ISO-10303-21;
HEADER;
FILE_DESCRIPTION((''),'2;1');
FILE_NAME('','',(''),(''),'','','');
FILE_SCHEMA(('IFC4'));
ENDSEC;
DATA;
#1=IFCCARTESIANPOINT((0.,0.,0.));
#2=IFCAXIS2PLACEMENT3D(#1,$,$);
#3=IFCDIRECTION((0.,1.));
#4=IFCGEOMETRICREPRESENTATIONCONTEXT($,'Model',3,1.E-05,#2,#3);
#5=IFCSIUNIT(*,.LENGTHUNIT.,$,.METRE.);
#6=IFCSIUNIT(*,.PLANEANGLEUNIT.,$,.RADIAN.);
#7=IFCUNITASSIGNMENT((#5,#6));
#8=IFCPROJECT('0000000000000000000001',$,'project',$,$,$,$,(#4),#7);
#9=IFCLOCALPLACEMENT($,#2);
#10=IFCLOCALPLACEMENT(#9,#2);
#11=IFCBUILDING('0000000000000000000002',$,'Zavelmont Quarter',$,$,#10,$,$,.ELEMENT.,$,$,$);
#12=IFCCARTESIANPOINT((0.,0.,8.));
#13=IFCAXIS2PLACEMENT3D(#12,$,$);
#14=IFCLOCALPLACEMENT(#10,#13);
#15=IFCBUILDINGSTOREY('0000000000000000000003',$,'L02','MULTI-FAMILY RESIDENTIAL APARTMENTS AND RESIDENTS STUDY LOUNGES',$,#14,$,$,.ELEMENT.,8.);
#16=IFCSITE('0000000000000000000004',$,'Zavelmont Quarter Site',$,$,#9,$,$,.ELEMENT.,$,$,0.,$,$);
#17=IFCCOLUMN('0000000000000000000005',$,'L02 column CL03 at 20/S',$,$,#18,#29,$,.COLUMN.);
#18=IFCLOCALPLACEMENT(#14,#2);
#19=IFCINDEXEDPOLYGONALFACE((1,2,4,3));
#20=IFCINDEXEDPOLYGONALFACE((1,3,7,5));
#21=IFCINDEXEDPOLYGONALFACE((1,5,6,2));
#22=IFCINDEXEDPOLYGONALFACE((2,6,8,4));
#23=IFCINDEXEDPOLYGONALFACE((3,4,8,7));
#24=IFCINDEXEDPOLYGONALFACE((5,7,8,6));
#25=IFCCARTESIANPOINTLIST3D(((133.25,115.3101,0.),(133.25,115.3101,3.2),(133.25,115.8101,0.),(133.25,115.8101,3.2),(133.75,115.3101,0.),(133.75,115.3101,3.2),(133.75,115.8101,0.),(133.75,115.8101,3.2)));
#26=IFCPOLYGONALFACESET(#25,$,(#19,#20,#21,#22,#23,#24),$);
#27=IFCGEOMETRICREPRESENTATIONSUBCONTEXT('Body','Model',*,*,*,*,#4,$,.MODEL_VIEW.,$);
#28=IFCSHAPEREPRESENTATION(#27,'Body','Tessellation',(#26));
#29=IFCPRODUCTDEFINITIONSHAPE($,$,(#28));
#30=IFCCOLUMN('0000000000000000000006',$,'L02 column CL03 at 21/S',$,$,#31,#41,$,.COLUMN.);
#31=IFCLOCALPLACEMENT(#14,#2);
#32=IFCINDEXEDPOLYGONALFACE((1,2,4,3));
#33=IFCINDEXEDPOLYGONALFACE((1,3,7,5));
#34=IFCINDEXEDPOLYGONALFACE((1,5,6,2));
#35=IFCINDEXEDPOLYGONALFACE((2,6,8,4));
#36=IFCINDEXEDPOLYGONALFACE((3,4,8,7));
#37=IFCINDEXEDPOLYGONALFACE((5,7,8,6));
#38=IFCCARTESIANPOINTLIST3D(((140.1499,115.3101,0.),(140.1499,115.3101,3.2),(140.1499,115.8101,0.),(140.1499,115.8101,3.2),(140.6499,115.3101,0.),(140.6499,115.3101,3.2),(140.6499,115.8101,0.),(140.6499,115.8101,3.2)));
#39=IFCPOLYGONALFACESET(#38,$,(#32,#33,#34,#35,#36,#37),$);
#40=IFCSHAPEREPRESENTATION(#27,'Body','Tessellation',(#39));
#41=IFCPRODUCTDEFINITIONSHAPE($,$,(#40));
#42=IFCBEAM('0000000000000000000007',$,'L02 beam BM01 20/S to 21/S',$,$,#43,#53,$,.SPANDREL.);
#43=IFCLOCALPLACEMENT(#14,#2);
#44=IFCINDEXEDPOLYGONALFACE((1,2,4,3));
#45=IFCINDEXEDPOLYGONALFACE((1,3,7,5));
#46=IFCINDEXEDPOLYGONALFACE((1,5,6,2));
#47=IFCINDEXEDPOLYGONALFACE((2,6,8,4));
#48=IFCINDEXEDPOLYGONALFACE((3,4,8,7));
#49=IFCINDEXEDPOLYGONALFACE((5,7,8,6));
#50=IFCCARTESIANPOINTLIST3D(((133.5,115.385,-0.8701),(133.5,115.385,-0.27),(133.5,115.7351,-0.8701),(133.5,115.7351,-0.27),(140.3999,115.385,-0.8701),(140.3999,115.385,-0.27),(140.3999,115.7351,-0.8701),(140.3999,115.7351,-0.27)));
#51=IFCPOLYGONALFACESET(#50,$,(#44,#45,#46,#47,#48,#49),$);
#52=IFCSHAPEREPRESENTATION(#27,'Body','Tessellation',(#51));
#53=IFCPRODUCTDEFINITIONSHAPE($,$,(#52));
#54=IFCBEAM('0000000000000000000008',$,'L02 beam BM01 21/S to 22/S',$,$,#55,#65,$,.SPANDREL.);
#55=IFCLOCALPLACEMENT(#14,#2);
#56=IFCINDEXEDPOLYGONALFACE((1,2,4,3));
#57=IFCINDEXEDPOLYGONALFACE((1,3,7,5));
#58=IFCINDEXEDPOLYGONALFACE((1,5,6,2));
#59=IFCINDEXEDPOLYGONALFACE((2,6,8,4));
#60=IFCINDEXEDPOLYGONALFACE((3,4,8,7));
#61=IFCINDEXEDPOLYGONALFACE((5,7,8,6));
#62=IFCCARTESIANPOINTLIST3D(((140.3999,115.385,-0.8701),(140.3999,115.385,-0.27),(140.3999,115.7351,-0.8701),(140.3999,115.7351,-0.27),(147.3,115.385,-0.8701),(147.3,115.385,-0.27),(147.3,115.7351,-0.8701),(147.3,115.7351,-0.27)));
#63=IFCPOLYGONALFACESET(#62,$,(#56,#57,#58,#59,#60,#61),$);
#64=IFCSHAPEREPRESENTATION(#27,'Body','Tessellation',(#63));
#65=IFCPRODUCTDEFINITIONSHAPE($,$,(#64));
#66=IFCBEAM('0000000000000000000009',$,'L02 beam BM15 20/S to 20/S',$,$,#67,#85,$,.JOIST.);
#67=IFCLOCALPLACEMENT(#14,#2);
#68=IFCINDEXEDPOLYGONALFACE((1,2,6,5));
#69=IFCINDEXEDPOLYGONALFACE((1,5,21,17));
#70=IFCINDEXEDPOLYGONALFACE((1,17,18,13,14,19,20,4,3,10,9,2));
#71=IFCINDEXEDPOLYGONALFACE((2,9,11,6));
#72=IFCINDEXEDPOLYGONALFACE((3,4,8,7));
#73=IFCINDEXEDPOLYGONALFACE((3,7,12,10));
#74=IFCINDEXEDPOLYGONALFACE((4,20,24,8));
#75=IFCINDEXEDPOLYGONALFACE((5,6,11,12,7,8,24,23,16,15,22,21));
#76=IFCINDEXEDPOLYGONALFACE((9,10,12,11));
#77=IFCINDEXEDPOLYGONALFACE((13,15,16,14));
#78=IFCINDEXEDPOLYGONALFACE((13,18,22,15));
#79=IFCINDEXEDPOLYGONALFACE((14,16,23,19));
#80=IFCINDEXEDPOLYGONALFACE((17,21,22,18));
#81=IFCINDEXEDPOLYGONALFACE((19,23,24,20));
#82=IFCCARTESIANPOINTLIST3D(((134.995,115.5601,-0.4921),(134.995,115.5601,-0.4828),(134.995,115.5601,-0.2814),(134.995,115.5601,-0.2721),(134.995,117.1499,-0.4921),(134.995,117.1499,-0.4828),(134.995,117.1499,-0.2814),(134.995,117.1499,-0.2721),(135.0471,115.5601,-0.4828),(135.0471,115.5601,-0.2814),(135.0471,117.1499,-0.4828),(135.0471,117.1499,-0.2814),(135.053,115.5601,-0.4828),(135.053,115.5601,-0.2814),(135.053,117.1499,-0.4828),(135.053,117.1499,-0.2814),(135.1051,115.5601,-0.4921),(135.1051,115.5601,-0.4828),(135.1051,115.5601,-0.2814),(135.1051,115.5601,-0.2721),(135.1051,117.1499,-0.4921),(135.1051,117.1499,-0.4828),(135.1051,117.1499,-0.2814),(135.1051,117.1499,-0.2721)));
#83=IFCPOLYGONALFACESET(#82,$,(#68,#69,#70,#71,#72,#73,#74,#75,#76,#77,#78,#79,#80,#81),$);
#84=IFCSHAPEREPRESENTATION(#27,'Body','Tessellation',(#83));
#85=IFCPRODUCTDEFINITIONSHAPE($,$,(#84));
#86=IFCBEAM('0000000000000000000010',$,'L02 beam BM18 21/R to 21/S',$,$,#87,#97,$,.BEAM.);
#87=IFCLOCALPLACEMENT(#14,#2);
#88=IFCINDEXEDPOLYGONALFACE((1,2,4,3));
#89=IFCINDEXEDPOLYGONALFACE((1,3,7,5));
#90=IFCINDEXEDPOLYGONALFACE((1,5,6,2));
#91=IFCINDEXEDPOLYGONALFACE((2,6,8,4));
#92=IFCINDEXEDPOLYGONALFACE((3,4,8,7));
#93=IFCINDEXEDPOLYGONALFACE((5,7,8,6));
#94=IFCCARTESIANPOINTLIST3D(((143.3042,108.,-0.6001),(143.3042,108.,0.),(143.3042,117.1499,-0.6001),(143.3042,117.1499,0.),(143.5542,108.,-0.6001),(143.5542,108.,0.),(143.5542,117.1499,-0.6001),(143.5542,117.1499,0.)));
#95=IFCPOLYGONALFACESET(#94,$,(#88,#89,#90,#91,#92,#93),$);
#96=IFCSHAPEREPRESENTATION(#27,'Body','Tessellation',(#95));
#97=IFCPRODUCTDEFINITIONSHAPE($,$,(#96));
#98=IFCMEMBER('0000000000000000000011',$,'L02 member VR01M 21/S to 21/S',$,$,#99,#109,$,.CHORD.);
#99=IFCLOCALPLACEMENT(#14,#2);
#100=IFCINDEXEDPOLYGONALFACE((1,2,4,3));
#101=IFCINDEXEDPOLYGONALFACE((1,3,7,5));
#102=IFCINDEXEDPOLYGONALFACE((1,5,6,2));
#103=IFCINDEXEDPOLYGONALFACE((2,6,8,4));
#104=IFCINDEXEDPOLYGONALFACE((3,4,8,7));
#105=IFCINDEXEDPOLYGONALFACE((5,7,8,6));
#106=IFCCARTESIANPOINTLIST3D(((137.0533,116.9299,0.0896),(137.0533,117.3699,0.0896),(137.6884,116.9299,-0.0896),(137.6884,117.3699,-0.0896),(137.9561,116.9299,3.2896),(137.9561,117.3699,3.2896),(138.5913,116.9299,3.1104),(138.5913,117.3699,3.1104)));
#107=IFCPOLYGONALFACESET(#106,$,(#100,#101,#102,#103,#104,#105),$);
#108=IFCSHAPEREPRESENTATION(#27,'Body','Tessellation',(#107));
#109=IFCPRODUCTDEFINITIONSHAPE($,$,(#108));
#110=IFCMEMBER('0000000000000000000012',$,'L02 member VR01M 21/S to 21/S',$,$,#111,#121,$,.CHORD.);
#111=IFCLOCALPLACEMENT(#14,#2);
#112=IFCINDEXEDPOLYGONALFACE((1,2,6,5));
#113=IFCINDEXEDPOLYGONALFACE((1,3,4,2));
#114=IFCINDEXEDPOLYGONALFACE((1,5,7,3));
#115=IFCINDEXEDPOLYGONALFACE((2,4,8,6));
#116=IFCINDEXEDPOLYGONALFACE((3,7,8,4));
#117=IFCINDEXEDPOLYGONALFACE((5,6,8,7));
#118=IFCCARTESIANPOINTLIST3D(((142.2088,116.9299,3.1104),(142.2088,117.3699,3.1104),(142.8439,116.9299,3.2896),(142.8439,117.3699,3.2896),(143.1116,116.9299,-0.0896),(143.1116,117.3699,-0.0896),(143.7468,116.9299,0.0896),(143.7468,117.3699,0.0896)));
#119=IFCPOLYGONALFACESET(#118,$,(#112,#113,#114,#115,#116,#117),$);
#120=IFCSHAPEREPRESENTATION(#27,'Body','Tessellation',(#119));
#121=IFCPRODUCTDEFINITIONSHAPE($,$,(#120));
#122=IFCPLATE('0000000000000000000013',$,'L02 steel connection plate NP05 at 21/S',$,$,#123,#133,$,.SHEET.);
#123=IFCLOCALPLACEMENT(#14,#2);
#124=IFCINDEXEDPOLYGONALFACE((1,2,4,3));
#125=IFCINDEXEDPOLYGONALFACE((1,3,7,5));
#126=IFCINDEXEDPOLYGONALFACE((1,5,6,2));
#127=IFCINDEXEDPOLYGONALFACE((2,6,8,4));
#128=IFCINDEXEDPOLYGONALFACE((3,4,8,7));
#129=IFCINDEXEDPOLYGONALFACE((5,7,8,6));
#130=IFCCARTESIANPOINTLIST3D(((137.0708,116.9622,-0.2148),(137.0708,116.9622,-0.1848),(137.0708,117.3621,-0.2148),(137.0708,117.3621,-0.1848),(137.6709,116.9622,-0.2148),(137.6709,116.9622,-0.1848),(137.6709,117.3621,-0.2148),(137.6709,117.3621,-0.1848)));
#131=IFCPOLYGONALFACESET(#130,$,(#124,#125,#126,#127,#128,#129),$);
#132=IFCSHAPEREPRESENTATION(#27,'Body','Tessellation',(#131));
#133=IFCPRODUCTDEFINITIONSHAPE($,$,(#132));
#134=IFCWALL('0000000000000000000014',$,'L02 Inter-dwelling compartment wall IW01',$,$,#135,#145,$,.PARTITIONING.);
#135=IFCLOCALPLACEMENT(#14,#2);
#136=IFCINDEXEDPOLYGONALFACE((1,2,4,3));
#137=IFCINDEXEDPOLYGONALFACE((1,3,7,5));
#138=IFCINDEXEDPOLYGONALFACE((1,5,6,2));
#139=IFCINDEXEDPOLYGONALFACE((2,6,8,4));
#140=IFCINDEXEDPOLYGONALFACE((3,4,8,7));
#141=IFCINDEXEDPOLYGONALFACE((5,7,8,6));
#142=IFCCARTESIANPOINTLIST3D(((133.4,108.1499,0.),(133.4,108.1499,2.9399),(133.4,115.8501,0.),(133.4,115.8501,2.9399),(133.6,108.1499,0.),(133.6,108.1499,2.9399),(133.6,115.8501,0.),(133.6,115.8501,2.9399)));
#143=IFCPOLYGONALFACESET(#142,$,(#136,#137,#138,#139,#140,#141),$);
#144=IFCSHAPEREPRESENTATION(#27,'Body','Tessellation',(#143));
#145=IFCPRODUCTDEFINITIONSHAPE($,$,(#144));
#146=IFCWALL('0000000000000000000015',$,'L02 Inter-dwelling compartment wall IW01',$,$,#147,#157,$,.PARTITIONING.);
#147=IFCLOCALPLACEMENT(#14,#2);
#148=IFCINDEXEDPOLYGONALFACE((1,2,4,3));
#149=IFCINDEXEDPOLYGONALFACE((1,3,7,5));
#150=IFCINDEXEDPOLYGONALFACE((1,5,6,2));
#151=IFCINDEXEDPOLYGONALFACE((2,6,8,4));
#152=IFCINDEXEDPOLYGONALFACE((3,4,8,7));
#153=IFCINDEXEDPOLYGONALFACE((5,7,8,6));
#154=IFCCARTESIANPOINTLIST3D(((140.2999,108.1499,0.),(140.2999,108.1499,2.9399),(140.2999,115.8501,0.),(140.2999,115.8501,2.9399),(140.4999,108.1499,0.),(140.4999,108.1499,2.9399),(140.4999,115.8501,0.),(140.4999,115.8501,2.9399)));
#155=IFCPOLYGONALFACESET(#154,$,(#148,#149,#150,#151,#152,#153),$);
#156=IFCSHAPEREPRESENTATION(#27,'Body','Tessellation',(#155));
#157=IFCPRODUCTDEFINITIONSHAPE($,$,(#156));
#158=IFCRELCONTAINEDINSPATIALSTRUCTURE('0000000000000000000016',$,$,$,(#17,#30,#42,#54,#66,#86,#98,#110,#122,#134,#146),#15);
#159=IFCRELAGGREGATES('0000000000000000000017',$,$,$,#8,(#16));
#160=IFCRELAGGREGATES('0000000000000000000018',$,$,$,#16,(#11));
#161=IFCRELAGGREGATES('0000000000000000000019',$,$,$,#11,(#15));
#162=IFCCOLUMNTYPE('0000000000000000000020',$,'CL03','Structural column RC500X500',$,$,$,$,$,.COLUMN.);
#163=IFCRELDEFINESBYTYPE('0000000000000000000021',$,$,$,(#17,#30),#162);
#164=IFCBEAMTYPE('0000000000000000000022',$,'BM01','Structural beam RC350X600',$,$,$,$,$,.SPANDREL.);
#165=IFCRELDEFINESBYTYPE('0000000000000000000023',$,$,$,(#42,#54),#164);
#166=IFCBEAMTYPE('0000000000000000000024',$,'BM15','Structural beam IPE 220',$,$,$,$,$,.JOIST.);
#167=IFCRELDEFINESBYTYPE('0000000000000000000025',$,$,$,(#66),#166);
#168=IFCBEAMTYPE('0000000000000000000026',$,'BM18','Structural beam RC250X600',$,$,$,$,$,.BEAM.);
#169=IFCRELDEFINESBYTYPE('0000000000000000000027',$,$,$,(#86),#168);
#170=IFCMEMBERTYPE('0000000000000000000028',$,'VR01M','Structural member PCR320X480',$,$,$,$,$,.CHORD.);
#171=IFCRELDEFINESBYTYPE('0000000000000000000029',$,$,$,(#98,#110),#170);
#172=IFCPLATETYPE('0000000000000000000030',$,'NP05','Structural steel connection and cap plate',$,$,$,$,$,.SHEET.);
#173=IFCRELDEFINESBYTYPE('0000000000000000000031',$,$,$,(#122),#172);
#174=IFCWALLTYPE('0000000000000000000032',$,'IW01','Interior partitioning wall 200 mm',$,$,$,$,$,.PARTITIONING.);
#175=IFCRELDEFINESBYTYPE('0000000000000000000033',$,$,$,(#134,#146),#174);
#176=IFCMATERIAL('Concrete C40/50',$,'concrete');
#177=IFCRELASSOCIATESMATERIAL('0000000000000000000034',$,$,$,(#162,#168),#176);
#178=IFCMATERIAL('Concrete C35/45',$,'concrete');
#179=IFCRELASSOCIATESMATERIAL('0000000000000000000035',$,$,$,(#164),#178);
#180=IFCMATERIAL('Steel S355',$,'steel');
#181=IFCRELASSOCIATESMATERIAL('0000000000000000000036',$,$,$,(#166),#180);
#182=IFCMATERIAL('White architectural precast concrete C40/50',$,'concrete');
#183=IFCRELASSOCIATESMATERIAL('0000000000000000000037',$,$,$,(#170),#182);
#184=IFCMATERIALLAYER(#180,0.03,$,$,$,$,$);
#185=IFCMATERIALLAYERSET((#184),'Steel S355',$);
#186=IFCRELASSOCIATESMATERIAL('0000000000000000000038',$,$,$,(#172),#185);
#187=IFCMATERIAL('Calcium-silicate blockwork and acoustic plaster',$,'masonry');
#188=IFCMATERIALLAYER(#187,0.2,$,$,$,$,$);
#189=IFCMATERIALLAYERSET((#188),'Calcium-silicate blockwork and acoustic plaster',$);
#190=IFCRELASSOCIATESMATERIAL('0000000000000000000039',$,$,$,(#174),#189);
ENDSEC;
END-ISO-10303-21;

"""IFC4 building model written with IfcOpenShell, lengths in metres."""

from ifc_helpers import new_model, si_unit, direction, frame, frame_2d, origin, origin_2d, place, context, subcontext, project, spatial, rectangle, i_section, extrude, material, layer, layer_set, material_profile, profile_set, type_object, element, save


model = new_model("IFC4")

# Units and contexts
model_context = context("Model", 3, precision=1e-05, world=origin(), true_north=direction((0.0, 1.0)))
body_context = subcontext(model_context, "Body", "Model", "MODEL_VIEW")
ifc_project = project(units=[si_unit("LENGTHUNIT", "METRE"), si_unit("PLANEANGLEUNIT", "RADIAN")], contexts=[model_context])

# Site, building, storey
site_placement = place(None, origin())
site = spatial("IfcSite", under=ifc_project, at=site_placement, Name="Zavelmont Quarter Site", CompositionType="ELEMENT", RefElevation=0.0)
building_placement = place(site_placement, origin())
building = spatial("IfcBuilding", under=site, at=building_placement, Name="Zavelmont Quarter", CompositionType="ELEMENT")
storey_placement = place(building_placement, frame((0.0, 0.0, 8.0)))
storey = spatial("IfcBuildingStorey", under=building, at=storey_placement, Name="L02", Description="MULTI-FAMILY RESIDENTIAL APARTMENTS AND RESIDENTS STUDY LOUNGES", CompositionType="ELEMENT", Elevation=8.0)

# Columns
ifc_material_1 = material(Name="Concrete C40/50", Category="concrete")
ifc_material_profile_1 = material_profile(ifc_material_1, rectangle(XDim=0.5, YDim=0.5, at=origin_2d()), Name="RC500X500")
ifc_profile_set_1 = profile_set([ifc_material_profile_1], Name="Concrete C40/50")
column_type = type_object("IfcColumnType", Name="CL03", Description="Structural column RC500X500", PredefinedType="COLUMN", material=ifc_profile_set_1)
for number, where, z_axis, x_axis, name in (
    (1, (133.5, 115.5601, 0.0), (0.0, 0.0, 1.0), (1.0, 0.0, 0.0), "L02 column CL03 at 20/S"),
    (2, (140.3999, 115.5601, 0.0), (0.0, 0.0, 1.0), (1.0, 0.0, 0.0), "L02 column CL03 at 21/S"),
):
    element("IfcColumn", number, at=place(storey_placement, frame(where, z_axis=z_axis, x_axis=x_axis)), inside=storey, type_object=column_type, Name=name, PredefinedType="COLUMN", context=body_context, shape_type="SweptSolid", body=[
        extrude(rectangle(XDim=0.5, YDim=0.5, at=origin_2d()), origin(), (0.0, 0.0, 1.0), 3.2),
    ])

# Beams
ifc_material_2 = material(Name="Concrete C35/45", Category="concrete")
ifc_material_profile_2 = material_profile(ifc_material_2, rectangle(XDim=0.3501, YDim=0.6001, at=origin_2d()), Name="RC350X600")
ifc_profile_set_2 = profile_set([ifc_material_profile_2], Name="Concrete C35/45")
beam_type_1 = type_object("IfcBeamType", Name="BM01", Description="Structural beam RC350X600", PredefinedType="SPANDREL", material=ifc_profile_set_2)
beam_1_placement = place(storey_placement, frame((133.5, 115.5601, -0.5701), z_axis=(1.0, 0.0, 0.0), x_axis=(0.0, 1.0, 0.0)))
element("IfcBeam", 3, at=beam_1_placement, inside=storey, type_object=beam_type_1, Name="L02 beam BM01 20/S to 21/S", PredefinedType="SPANDREL", context=body_context, shape_type="SweptSolid", body=[
    extrude(rectangle(XDim=0.3501, YDim=0.6001, at=origin_2d()), origin(), (0.0, 0.0, 1.0), 6.8999),
])
beam_2_placement = place(storey_placement, frame((140.3999, 115.5601, -0.5701), z_axis=(1.0, 0.0, 0.0), x_axis=(0.0, 1.0, 0.0)))
element("IfcBeam", 4, at=beam_2_placement, inside=storey, type_object=beam_type_1, Name="L02 beam BM01 21/S to 22/S", PredefinedType="SPANDREL", context=body_context, shape_type="SweptSolid", body=[
    extrude(rectangle(XDim=0.3501, YDim=0.6001, at=origin_2d()), origin(), (0.0, 0.0, 1.0), 6.9001),
])
ifc_material_3 = material(Name="Steel S355", Category="steel")
ifc_material_profile_3 = material_profile(ifc_material_3, i_section(OverallWidth=0.1101, OverallDepth=0.22, WebThickness=0.0059, FlangeThickness=0.0093, at=origin_2d()), Name="IPE 220")
ifc_profile_set_3 = profile_set([ifc_material_profile_3], Name="Steel S355")
beam_type_2 = type_object("IfcBeamType", Name="BM15", Description="Structural beam IPE 220", PredefinedType="JOIST", material=ifc_profile_set_3)
beam_3_placement = place(storey_placement, frame((135.05, 115.5601, -0.3821), z_axis=(0.0, 1.0, 0.0), x_axis=(-1.0, 0.0, 0.0)))
element("IfcBeam", 5, at=beam_3_placement, inside=storey, type_object=beam_type_2, Name="L02 beam BM15 20/S to 20/S", PredefinedType="JOIST", context=body_context, shape_type="SweptSolid", body=[
    extrude(i_section(OverallWidth=0.1101, OverallDepth=0.22, WebThickness=0.0059, FlangeThickness=0.0093, at=origin_2d()), origin(), (0.0, 0.0, 1.0), 1.5898),
])
ifc_material_profile_4 = material_profile(ifc_material_1, rectangle(XDim=0.25, YDim=0.6001, at=origin_2d()), Name="RC250X600")
ifc_profile_set_4 = profile_set([ifc_material_profile_4], Name="Concrete C40/50")
beam_type_3 = type_object("IfcBeamType", Name="BM18", Description="Structural beam RC250X600", PredefinedType="BEAM", material=ifc_profile_set_4)
beam_4_placement = place(storey_placement, frame((143.4292, 108.0, -0.3), z_axis=(0.0, 1.0, 0.0), x_axis=(-1.0, 0.0, 0.0)))
element("IfcBeam", 6, at=beam_4_placement, inside=storey, type_object=beam_type_3, Name="L02 beam BM18 21/R to 21/S", PredefinedType="BEAM", context=body_context, shape_type="SweptSolid", body=[
    extrude(rectangle(XDim=0.25, YDim=0.6001, at=origin_2d()), origin(), (0.0, 0.0, 1.0), 9.1499),
])

# Members
ifc_material_4 = material(Name="White architectural precast concrete C40/50", Category="concrete")
ifc_material_profile_5 = material_profile(ifc_material_4, rectangle(XDim=0.4399, YDim=0.6599, at=origin_2d()), Name="PCR320X480")
ifc_profile_set_5 = profile_set([ifc_material_profile_5], Name="White architectural precast concrete C40/50")
member_type = type_object("IfcMemberType", Name="VR01M", Description="Structural member PCR320X480", PredefinedType="CHORD", material=ifc_profile_set_5)
for number, where, z_axis, x_axis, name in (
    (7, (137.3708, 117.1499, 0.0), (0.271539, 0.0, 0.962428), (0.0, 1.0, 0.0), "L02 member VR01M 21/S to 21/S"),
    (8, (143.4292, 117.1499, 0.0), (-0.271539, 0.0, 0.962428), (0.0, -1.0, 0.0), "L02 member VR01M 21/S to 21/S"),
):
    element("IfcMember", number, at=place(storey_placement, frame(where, z_axis=z_axis, x_axis=x_axis)), inside=storey, type_object=member_type, Name=name, PredefinedType="CHORD", context=body_context, shape_type="SweptSolid", body=[
        extrude(rectangle(XDim=0.4399, YDim=0.6599, at=origin_2d()), origin(), (0.0, 0.0, 1.0), 3.325),
    ])

# Plate
ifc_layer_1 = layer(ifc_material_3, 0.03)
ifc_layer_set_1 = layer_set([ifc_layer_1], Name="Steel S355")
plate_type = type_object("IfcPlateType", Name="NP05", Description="Structural steel connection and cap plate", PredefinedType="SHEET", material=ifc_layer_set_1)
plate_placement = place(storey_placement, frame((137.3708, 117.1621, -0.2148), z_axis=(0.0, 0.0, 1.0), x_axis=(1.0, 0.0, 0.0)))
element("IfcPlate", 9, at=plate_placement, inside=storey, type_object=plate_type, Name="L02 steel connection plate NP05 at 21/S", PredefinedType="SHEET", context=body_context, shape_type="SweptSolid", body=[
    extrude(rectangle(XDim=0.6001, YDim=0.3999, at=origin_2d()), origin(), (0.0, 0.0, 1.0), 0.03),
])

# Walls
ifc_material_5 = material(Name="Calcium-silicate blockwork and acoustic plaster", Category="masonry")
ifc_layer_2 = layer(ifc_material_5, 0.2)
ifc_layer_set_2 = layer_set([ifc_layer_2], Name="Calcium-silicate blockwork and acoustic plaster")
wall_type_1 = type_object("IfcWallType", Name="IW01", Description="Interior partitioning wall 200 mm", PredefinedType="PARTITIONING", material=ifc_layer_set_2)
for number, where, z_axis, x_axis, name in (
    (10, (133.5, 108.1499, 0.0), (0.0, 0.0, 1.0), (0.0, 1.0, 0.0), "L02 Inter-dwelling compartment wall IW01"),
    (11, (140.3999, 108.1499, 0.0), (0.0, 0.0, 1.0), (0.0, 1.0, 0.0), "L02 Inter-dwelling compartment wall IW01"),
):
    element("IfcWall", number, at=place(storey_placement, frame(where, z_axis=z_axis, x_axis=x_axis)), inside=storey, type_object=wall_type_1, Name=name, PredefinedType="PARTITIONING", context=body_context, shape_type="SweptSolid", body=[
        extrude(rectangle(XDim=7.7002, YDim=0.2, at=frame_2d((3.8501, 0.0))), origin(), (0.0, 0.0, 1.0), 2.9399),
    ])

save(model, "model.ifc")
